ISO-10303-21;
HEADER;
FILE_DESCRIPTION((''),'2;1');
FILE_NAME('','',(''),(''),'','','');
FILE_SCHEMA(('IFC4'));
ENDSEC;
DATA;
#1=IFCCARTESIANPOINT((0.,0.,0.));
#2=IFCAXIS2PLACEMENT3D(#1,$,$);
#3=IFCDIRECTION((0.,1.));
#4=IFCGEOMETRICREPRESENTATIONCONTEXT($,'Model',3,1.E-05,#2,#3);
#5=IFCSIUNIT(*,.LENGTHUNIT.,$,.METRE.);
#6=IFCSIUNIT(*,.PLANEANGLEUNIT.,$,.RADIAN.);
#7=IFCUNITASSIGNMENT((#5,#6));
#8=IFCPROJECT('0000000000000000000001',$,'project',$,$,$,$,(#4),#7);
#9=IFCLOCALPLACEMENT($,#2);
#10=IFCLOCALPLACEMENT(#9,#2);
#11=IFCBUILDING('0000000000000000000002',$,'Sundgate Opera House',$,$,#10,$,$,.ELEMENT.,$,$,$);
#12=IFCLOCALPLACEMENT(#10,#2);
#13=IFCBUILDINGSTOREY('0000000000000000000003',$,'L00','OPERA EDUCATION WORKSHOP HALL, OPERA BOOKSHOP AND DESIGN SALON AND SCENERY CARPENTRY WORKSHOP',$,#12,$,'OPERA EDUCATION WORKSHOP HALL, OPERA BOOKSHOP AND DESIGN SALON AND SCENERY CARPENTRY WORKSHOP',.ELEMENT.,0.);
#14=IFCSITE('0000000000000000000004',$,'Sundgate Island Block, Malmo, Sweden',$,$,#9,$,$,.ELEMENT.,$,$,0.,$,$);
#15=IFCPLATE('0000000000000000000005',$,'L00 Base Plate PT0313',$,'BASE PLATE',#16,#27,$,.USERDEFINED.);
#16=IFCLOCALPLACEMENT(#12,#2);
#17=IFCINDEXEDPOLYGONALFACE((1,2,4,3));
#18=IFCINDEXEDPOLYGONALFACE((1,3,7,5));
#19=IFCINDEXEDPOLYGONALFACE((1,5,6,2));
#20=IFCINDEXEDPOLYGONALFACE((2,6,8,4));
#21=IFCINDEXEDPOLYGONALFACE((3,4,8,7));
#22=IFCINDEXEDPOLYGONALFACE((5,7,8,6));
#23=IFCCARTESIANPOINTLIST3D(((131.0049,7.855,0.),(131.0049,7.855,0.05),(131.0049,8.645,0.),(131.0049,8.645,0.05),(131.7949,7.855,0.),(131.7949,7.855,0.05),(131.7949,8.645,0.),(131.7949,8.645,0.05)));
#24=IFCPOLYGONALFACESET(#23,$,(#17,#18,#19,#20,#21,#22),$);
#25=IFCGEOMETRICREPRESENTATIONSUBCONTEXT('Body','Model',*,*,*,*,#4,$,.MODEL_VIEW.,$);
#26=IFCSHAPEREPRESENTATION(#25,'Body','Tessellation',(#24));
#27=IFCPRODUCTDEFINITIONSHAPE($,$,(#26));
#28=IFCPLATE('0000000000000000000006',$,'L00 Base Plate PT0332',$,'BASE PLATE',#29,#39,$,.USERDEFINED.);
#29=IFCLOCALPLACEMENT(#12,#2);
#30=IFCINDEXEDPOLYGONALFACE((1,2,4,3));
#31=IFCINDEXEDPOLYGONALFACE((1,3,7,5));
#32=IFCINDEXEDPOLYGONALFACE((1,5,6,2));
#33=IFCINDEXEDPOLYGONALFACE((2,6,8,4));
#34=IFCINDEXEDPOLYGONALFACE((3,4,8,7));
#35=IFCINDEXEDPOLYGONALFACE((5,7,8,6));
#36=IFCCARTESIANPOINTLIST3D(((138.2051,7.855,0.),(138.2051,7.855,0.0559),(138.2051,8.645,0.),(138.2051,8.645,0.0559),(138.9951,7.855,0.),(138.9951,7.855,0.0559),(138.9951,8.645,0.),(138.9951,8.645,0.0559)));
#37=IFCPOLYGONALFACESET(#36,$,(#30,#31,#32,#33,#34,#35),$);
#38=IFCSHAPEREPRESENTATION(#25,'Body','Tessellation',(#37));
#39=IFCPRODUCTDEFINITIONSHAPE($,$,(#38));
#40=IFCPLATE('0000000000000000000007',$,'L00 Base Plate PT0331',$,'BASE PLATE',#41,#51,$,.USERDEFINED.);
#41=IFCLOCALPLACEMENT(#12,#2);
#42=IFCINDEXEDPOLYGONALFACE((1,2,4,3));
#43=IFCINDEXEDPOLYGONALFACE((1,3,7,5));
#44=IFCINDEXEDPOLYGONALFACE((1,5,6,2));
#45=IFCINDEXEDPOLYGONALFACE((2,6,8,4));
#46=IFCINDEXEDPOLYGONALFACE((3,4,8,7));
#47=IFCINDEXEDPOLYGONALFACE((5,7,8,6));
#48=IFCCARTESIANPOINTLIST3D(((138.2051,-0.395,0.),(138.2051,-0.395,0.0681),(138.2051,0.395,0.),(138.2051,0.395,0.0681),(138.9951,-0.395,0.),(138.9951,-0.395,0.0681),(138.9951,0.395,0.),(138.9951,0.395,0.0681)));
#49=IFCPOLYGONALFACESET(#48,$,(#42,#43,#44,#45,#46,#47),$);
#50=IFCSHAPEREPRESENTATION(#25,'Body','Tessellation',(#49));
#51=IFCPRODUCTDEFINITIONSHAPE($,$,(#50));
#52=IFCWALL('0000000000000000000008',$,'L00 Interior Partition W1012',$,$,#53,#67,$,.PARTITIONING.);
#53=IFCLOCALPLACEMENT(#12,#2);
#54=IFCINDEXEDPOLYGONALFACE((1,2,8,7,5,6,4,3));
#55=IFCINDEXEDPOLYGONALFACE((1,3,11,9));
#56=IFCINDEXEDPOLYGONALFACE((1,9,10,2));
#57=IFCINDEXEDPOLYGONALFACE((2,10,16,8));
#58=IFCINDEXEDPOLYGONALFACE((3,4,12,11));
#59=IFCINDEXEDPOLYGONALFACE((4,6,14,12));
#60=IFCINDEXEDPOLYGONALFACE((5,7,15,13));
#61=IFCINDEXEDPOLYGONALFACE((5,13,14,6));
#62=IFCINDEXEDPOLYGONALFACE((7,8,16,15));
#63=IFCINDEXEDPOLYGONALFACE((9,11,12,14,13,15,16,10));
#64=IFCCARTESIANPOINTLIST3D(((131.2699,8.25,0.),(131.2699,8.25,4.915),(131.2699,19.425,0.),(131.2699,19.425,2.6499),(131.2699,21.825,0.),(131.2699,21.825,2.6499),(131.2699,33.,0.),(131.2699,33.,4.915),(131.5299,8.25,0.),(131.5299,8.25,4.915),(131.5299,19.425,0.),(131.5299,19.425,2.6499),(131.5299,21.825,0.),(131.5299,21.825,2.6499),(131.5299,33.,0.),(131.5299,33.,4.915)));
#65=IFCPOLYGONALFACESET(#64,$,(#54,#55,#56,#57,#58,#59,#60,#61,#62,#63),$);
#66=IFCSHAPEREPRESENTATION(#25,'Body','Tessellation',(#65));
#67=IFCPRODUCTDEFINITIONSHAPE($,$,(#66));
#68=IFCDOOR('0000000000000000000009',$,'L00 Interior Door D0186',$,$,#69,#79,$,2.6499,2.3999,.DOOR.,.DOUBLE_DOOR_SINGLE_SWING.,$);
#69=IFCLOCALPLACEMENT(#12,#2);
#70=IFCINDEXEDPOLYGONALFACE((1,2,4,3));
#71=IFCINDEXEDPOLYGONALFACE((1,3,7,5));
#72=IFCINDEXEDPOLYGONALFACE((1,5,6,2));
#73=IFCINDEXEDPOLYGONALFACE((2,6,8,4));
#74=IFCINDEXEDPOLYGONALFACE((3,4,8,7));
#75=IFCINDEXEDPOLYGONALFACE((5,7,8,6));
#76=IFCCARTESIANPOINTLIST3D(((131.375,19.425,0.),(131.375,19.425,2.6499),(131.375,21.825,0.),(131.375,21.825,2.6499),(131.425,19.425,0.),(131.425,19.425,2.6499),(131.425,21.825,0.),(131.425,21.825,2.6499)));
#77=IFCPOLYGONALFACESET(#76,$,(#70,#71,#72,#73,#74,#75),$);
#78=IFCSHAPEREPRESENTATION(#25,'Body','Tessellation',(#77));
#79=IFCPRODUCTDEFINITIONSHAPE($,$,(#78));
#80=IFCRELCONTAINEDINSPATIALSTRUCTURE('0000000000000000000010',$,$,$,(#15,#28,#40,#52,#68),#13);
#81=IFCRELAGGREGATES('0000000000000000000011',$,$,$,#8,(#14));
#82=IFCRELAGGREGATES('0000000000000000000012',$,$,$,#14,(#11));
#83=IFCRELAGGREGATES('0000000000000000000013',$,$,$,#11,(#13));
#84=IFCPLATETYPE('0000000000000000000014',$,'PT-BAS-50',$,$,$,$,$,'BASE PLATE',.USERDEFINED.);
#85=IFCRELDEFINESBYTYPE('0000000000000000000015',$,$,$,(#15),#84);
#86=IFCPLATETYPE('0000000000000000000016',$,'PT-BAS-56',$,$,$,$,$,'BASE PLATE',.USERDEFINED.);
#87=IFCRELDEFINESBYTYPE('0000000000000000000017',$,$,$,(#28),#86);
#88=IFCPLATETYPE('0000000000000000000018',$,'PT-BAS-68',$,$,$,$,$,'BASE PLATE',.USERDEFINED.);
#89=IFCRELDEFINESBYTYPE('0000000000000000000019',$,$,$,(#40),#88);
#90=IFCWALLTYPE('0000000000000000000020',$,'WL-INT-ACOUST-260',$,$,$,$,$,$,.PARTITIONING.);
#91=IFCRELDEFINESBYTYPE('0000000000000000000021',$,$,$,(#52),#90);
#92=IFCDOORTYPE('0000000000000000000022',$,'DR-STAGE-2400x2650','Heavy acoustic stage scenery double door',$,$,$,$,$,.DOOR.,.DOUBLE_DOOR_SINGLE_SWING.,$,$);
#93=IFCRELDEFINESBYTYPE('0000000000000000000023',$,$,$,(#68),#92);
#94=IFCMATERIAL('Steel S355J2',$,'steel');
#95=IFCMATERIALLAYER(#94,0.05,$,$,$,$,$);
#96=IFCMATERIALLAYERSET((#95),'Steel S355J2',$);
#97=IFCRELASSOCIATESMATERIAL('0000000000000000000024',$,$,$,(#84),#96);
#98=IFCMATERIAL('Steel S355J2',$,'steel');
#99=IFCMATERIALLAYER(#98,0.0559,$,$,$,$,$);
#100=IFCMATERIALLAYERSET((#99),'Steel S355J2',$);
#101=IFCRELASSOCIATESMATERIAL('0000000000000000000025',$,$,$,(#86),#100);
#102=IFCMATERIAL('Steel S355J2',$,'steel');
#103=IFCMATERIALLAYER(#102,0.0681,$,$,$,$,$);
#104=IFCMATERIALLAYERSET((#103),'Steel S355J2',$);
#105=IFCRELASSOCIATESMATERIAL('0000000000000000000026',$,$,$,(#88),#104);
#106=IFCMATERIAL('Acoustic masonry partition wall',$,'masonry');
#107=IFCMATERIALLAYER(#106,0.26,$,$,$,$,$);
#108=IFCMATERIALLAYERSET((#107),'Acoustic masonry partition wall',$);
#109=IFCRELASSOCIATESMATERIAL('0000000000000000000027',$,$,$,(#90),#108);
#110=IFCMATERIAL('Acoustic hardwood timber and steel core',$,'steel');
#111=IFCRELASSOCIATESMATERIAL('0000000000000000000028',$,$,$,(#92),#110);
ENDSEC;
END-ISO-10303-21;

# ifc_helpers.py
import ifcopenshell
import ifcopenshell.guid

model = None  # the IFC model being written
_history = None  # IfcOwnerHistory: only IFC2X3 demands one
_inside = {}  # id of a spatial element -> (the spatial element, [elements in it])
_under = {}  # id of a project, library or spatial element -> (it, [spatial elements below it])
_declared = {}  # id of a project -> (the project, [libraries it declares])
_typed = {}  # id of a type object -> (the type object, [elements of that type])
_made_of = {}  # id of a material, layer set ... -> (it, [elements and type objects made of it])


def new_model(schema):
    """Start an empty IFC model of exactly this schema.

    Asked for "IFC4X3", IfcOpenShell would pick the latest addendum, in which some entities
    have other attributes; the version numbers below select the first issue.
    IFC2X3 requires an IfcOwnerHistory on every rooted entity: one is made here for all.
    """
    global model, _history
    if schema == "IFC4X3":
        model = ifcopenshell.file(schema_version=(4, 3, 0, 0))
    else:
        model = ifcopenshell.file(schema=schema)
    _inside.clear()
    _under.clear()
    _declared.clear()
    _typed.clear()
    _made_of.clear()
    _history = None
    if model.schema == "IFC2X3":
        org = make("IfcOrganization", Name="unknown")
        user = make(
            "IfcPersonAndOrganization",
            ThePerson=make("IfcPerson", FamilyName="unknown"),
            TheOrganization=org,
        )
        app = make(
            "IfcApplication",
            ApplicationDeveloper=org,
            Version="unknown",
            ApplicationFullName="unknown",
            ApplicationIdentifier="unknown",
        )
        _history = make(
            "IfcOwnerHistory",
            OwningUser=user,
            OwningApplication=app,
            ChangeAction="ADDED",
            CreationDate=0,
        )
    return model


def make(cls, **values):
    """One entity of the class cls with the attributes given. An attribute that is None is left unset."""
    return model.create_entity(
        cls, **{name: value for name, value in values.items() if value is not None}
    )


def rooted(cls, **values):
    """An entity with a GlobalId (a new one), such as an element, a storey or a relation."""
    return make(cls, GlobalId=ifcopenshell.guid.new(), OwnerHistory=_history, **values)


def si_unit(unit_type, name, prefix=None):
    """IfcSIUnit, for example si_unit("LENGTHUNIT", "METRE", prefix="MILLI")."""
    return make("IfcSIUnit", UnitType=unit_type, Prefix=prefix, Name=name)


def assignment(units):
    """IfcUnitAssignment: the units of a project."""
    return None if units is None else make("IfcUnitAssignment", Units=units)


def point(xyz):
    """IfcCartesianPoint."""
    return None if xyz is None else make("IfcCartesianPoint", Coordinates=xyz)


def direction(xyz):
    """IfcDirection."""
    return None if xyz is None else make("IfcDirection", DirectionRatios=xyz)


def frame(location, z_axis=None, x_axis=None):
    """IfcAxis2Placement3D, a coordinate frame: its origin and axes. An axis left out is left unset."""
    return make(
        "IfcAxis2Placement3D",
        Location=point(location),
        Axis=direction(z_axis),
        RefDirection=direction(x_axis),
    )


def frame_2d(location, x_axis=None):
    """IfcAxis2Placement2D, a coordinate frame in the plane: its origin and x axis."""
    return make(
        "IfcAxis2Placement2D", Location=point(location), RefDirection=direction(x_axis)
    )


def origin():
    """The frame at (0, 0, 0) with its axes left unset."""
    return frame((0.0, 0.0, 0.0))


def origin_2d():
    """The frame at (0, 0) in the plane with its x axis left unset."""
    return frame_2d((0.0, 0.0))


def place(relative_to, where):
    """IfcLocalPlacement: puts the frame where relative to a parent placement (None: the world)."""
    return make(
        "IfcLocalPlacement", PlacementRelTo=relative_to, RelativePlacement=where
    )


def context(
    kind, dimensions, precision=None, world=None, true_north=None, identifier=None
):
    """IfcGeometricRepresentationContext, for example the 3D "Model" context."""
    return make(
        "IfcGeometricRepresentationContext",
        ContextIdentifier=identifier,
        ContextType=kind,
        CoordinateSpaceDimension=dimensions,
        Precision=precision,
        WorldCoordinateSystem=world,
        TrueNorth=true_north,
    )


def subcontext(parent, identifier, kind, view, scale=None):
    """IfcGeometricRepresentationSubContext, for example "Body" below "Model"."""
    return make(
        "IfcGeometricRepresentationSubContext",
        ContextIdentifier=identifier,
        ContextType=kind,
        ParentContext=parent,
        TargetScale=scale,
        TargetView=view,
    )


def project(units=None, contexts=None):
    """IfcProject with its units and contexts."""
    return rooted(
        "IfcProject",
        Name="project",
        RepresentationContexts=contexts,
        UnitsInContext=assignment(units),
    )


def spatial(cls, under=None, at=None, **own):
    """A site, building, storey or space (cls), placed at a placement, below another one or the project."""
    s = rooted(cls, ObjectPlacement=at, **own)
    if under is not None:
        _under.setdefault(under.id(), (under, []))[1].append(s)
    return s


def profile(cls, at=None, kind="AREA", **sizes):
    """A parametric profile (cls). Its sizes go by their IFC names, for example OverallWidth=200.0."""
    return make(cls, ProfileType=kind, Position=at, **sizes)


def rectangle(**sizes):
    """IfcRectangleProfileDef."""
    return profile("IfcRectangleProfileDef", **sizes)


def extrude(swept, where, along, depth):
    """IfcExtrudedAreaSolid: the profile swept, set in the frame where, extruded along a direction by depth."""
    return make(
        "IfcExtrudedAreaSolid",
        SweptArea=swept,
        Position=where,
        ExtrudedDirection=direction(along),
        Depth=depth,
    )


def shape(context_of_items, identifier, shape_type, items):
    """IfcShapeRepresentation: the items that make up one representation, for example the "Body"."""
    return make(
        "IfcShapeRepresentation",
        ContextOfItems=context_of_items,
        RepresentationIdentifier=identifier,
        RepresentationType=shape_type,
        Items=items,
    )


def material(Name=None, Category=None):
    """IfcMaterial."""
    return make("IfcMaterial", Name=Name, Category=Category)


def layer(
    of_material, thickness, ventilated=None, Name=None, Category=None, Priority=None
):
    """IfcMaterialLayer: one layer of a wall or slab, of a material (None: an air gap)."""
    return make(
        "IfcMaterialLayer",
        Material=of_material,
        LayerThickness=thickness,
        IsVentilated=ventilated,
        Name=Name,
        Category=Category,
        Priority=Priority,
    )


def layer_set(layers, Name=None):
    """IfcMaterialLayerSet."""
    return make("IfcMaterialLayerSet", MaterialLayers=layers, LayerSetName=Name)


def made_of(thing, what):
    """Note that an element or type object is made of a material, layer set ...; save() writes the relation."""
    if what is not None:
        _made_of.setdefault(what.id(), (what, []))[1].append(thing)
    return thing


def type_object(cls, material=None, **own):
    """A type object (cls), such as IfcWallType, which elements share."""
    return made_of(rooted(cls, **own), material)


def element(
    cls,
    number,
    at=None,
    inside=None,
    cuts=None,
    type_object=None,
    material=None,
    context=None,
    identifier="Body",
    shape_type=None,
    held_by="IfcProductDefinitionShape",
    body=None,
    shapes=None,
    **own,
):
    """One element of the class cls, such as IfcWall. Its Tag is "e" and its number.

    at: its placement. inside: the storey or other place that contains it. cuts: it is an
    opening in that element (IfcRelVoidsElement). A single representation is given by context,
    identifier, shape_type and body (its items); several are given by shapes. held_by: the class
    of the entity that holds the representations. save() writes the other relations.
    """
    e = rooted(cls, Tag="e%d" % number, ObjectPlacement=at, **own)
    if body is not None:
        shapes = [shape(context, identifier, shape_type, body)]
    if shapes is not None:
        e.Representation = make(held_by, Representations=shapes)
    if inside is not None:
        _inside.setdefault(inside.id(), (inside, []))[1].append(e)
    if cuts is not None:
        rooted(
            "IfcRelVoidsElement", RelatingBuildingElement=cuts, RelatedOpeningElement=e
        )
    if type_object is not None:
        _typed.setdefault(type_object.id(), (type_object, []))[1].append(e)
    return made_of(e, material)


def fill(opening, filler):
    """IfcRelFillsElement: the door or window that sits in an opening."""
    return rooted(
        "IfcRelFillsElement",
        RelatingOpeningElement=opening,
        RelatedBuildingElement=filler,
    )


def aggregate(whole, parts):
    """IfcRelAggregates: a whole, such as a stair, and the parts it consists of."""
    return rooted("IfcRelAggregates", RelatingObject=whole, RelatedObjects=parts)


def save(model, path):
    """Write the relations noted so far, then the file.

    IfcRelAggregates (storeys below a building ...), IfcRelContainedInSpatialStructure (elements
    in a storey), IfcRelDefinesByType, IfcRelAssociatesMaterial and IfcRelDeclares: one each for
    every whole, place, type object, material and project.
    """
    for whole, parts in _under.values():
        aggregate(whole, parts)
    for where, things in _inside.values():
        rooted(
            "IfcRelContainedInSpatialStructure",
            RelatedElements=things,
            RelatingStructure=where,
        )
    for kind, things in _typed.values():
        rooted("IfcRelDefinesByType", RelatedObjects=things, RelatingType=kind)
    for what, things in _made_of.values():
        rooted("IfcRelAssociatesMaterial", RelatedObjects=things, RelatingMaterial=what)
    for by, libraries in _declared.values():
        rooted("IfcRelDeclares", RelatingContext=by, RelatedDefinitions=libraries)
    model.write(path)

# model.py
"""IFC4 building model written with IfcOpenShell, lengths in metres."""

from ifc_helpers import new_model, si_unit, direction, frame, frame_2d, origin, origin_2d, place, context, subcontext, project, spatial, rectangle, extrude, material, layer, layer_set, type_object, element, fill, save


model = new_model("IFC4")

# Units and contexts
model_context = context("Model", 3, precision=1e-05, world=origin(), true_north=direction((0.0, 1.0)))
body_context = subcontext(model_context, "Body", "Model", "MODEL_VIEW")
ifc_project = project(units=[si_unit("LENGTHUNIT", "METRE"), si_unit("PLANEANGLEUNIT", "RADIAN")], contexts=[model_context])

# Site, building, storey
site_placement = place(None, origin())
site = spatial("IfcSite", under=ifc_project, at=site_placement, Name="Sundgate Island Block, Malmo, Sweden", CompositionType="ELEMENT", RefElevation=0.0)
building_placement = place(site_placement, origin())
building = spatial("IfcBuilding", under=site, at=building_placement, Name="Sundgate Opera House", CompositionType="ELEMENT")
storey_placement = place(building_placement, origin())
storey = spatial("IfcBuildingStorey", under=building, at=storey_placement, Name="L00", Description="OPERA EDUCATION WORKSHOP HALL, OPERA BOOKSHOP AND DESIGN SALON AND SCENERY CARPENTRY WORKSHOP", LongName="OPERA EDUCATION WORKSHOP HALL, OPERA BOOKSHOP AND DESIGN SALON AND SCENERY CARPENTRY WORKSHOP", CompositionType="ELEMENT", Elevation=0.0)

# Plates
ifc_material_1 = material(Name="Steel S355J2", Category="steel")
ifc_layer_1 = layer(ifc_material_1, 0.05)
ifc_layer_set_1 = layer_set([ifc_layer_1], Name="Steel S355J2")
plate_type_1 = type_object("IfcPlateType", Name="PT-BAS-50", ElementType="BASE PLATE", PredefinedType="USERDEFINED", material=ifc_layer_set_1)
plate_1_placement = place(storey_placement, frame((131.3999, 8.25, 0.0), z_axis=(0.0, 0.0, 1.0), x_axis=(1.0, 0.0, 0.0)))
element("IfcPlate", 1, at=plate_1_placement, inside=storey, type_object=plate_type_1, Name="L00 Base Plate PT0313", ObjectType="BASE PLATE", PredefinedType="USERDEFINED", context=body_context, shape_type="SweptSolid", body=[
    extrude(rectangle(XDim=0.79, YDim=0.79, at=origin_2d()), origin(), (0.0, 0.0, 1.0), 0.05),
])
ifc_material_2 = material(Name="Steel S355J2", Category="steel")
ifc_layer_2 = layer(ifc_material_2, 0.0559)
ifc_layer_set_2 = layer_set([ifc_layer_2], Name="Steel S355J2")
plate_type_2 = type_object("IfcPlateType", Name="PT-BAS-56", ElementType="BASE PLATE", PredefinedType="USERDEFINED", material=ifc_layer_set_2)
plate_2_placement = place(storey_placement, frame((138.6001, 8.25, 0.0), z_axis=(0.0, 0.0, 1.0), x_axis=(1.0, 0.0, 0.0)))
element("IfcPlate", 2, at=plate_2_placement, inside=storey, type_object=plate_type_2, Name="L00 Base Plate PT0332", ObjectType="BASE PLATE", PredefinedType="USERDEFINED", context=body_context, shape_type="SweptSolid", body=[
    extrude(rectangle(XDim=0.79, YDim=0.79, at=origin_2d()), origin(), (0.0, 0.0, 1.0), 0.0559),
])
ifc_material_3 = material(Name="Steel S355J2", Category="steel")
ifc_layer_3 = layer(ifc_material_3, 0.0681)
ifc_layer_set_3 = layer_set([ifc_layer_3], Name="Steel S355J2")
plate_type_3 = type_object("IfcPlateType", Name="PT-BAS-68", ElementType="BASE PLATE", PredefinedType="USERDEFINED", material=ifc_layer_set_3)
plate_3_placement = place(storey_placement, frame((138.6001, 0.0, 0.0), z_axis=(0.0, 0.0, 1.0), x_axis=(1.0, 0.0, 0.0)))
element("IfcPlate", 3, at=plate_3_placement, inside=storey, type_object=plate_type_3, Name="L00 Base Plate PT0331", ObjectType="BASE PLATE", PredefinedType="USERDEFINED", context=body_context, shape_type="SweptSolid", body=[
    extrude(rectangle(XDim=0.79, YDim=0.79, at=origin_2d()), origin(), (0.0, 0.0, 1.0), 0.0681),
])

# Wall, opening, door
ifc_material_4 = material(Name="Acoustic masonry partition wall", Category="masonry")
ifc_layer_4 = layer(ifc_material_4, 0.26)
ifc_layer_set_4 = layer_set([ifc_layer_4], Name="Acoustic masonry partition wall")
wall_type = type_object("IfcWallType", Name="WL-INT-ACOUST-260", PredefinedType="PARTITIONING", material=ifc_layer_set_4)
wall_placement = place(storey_placement, frame((131.3999, 8.25, 0.0), z_axis=(0.0, 0.0, 1.0), x_axis=(0.0, 1.0, 0.0)))
wall = element("IfcWall", 4, at=wall_placement, inside=storey, type_object=wall_type, Name="L00 Interior Partition W1012", PredefinedType="PARTITIONING", context=body_context, shape_type="SweptSolid", body=[
    extrude(rectangle(XDim=24.75, YDim=0.26, at=frame_2d((12.375, 0.0))), origin(), (0.0, 0.0, 1.0), 4.915),
])
opening_placement = place(wall_placement, frame((11.175, 0.0, 0.0)))
opening = element("IfcOpeningElement", 5, at=opening_placement, cuts=wall, PredefinedType="OPENING", context=body_context, shape_type="SweptSolid", body=[
    extrude(rectangle(XDim=2.3999, YDim=2.6499, at=frame_2d((1.2, 1.325))), frame((0.0, 0.1399, 0.0), z_axis=(0.0, -1.0, 0.0), x_axis=(1.0, 0.0, 0.0)), (0.0, 0.0, 1.0), 0.28),
])
ifc_material_5 = material(Name="Acoustic hardwood timber and steel core", Category="steel")
door_type = type_object("IfcDoorType", Name="DR-STAGE-2400x2650", Description="Heavy acoustic stage scenery double door", OperationType="DOUBLE_DOOR_SINGLE_SWING", PredefinedType="DOOR", material=ifc_material_5)
door_placement = place(opening_placement, origin())
door = element("IfcDoor", 6, at=door_placement, inside=storey, type_object=door_type, Name="L00 Interior Door D0186", OperationType="DOUBLE_DOOR_SINGLE_SWING", OverallHeight=2.6499, OverallWidth=2.3999, PredefinedType="DOOR", context=body_context, shape_type="SweptSolid", body=[
    extrude(rectangle(XDim=2.3999, YDim=2.6499, at=frame_2d((1.2, 1.325))), frame((0.0, 0.0249, 0.0), z_axis=(0.0, -1.0, 0.0), x_axis=(1.0, 0.0, 0.0)), (0.0, 0.0, 1.0), 0.05),
])
fill(opening, door)

save(model, "model.ifc")
